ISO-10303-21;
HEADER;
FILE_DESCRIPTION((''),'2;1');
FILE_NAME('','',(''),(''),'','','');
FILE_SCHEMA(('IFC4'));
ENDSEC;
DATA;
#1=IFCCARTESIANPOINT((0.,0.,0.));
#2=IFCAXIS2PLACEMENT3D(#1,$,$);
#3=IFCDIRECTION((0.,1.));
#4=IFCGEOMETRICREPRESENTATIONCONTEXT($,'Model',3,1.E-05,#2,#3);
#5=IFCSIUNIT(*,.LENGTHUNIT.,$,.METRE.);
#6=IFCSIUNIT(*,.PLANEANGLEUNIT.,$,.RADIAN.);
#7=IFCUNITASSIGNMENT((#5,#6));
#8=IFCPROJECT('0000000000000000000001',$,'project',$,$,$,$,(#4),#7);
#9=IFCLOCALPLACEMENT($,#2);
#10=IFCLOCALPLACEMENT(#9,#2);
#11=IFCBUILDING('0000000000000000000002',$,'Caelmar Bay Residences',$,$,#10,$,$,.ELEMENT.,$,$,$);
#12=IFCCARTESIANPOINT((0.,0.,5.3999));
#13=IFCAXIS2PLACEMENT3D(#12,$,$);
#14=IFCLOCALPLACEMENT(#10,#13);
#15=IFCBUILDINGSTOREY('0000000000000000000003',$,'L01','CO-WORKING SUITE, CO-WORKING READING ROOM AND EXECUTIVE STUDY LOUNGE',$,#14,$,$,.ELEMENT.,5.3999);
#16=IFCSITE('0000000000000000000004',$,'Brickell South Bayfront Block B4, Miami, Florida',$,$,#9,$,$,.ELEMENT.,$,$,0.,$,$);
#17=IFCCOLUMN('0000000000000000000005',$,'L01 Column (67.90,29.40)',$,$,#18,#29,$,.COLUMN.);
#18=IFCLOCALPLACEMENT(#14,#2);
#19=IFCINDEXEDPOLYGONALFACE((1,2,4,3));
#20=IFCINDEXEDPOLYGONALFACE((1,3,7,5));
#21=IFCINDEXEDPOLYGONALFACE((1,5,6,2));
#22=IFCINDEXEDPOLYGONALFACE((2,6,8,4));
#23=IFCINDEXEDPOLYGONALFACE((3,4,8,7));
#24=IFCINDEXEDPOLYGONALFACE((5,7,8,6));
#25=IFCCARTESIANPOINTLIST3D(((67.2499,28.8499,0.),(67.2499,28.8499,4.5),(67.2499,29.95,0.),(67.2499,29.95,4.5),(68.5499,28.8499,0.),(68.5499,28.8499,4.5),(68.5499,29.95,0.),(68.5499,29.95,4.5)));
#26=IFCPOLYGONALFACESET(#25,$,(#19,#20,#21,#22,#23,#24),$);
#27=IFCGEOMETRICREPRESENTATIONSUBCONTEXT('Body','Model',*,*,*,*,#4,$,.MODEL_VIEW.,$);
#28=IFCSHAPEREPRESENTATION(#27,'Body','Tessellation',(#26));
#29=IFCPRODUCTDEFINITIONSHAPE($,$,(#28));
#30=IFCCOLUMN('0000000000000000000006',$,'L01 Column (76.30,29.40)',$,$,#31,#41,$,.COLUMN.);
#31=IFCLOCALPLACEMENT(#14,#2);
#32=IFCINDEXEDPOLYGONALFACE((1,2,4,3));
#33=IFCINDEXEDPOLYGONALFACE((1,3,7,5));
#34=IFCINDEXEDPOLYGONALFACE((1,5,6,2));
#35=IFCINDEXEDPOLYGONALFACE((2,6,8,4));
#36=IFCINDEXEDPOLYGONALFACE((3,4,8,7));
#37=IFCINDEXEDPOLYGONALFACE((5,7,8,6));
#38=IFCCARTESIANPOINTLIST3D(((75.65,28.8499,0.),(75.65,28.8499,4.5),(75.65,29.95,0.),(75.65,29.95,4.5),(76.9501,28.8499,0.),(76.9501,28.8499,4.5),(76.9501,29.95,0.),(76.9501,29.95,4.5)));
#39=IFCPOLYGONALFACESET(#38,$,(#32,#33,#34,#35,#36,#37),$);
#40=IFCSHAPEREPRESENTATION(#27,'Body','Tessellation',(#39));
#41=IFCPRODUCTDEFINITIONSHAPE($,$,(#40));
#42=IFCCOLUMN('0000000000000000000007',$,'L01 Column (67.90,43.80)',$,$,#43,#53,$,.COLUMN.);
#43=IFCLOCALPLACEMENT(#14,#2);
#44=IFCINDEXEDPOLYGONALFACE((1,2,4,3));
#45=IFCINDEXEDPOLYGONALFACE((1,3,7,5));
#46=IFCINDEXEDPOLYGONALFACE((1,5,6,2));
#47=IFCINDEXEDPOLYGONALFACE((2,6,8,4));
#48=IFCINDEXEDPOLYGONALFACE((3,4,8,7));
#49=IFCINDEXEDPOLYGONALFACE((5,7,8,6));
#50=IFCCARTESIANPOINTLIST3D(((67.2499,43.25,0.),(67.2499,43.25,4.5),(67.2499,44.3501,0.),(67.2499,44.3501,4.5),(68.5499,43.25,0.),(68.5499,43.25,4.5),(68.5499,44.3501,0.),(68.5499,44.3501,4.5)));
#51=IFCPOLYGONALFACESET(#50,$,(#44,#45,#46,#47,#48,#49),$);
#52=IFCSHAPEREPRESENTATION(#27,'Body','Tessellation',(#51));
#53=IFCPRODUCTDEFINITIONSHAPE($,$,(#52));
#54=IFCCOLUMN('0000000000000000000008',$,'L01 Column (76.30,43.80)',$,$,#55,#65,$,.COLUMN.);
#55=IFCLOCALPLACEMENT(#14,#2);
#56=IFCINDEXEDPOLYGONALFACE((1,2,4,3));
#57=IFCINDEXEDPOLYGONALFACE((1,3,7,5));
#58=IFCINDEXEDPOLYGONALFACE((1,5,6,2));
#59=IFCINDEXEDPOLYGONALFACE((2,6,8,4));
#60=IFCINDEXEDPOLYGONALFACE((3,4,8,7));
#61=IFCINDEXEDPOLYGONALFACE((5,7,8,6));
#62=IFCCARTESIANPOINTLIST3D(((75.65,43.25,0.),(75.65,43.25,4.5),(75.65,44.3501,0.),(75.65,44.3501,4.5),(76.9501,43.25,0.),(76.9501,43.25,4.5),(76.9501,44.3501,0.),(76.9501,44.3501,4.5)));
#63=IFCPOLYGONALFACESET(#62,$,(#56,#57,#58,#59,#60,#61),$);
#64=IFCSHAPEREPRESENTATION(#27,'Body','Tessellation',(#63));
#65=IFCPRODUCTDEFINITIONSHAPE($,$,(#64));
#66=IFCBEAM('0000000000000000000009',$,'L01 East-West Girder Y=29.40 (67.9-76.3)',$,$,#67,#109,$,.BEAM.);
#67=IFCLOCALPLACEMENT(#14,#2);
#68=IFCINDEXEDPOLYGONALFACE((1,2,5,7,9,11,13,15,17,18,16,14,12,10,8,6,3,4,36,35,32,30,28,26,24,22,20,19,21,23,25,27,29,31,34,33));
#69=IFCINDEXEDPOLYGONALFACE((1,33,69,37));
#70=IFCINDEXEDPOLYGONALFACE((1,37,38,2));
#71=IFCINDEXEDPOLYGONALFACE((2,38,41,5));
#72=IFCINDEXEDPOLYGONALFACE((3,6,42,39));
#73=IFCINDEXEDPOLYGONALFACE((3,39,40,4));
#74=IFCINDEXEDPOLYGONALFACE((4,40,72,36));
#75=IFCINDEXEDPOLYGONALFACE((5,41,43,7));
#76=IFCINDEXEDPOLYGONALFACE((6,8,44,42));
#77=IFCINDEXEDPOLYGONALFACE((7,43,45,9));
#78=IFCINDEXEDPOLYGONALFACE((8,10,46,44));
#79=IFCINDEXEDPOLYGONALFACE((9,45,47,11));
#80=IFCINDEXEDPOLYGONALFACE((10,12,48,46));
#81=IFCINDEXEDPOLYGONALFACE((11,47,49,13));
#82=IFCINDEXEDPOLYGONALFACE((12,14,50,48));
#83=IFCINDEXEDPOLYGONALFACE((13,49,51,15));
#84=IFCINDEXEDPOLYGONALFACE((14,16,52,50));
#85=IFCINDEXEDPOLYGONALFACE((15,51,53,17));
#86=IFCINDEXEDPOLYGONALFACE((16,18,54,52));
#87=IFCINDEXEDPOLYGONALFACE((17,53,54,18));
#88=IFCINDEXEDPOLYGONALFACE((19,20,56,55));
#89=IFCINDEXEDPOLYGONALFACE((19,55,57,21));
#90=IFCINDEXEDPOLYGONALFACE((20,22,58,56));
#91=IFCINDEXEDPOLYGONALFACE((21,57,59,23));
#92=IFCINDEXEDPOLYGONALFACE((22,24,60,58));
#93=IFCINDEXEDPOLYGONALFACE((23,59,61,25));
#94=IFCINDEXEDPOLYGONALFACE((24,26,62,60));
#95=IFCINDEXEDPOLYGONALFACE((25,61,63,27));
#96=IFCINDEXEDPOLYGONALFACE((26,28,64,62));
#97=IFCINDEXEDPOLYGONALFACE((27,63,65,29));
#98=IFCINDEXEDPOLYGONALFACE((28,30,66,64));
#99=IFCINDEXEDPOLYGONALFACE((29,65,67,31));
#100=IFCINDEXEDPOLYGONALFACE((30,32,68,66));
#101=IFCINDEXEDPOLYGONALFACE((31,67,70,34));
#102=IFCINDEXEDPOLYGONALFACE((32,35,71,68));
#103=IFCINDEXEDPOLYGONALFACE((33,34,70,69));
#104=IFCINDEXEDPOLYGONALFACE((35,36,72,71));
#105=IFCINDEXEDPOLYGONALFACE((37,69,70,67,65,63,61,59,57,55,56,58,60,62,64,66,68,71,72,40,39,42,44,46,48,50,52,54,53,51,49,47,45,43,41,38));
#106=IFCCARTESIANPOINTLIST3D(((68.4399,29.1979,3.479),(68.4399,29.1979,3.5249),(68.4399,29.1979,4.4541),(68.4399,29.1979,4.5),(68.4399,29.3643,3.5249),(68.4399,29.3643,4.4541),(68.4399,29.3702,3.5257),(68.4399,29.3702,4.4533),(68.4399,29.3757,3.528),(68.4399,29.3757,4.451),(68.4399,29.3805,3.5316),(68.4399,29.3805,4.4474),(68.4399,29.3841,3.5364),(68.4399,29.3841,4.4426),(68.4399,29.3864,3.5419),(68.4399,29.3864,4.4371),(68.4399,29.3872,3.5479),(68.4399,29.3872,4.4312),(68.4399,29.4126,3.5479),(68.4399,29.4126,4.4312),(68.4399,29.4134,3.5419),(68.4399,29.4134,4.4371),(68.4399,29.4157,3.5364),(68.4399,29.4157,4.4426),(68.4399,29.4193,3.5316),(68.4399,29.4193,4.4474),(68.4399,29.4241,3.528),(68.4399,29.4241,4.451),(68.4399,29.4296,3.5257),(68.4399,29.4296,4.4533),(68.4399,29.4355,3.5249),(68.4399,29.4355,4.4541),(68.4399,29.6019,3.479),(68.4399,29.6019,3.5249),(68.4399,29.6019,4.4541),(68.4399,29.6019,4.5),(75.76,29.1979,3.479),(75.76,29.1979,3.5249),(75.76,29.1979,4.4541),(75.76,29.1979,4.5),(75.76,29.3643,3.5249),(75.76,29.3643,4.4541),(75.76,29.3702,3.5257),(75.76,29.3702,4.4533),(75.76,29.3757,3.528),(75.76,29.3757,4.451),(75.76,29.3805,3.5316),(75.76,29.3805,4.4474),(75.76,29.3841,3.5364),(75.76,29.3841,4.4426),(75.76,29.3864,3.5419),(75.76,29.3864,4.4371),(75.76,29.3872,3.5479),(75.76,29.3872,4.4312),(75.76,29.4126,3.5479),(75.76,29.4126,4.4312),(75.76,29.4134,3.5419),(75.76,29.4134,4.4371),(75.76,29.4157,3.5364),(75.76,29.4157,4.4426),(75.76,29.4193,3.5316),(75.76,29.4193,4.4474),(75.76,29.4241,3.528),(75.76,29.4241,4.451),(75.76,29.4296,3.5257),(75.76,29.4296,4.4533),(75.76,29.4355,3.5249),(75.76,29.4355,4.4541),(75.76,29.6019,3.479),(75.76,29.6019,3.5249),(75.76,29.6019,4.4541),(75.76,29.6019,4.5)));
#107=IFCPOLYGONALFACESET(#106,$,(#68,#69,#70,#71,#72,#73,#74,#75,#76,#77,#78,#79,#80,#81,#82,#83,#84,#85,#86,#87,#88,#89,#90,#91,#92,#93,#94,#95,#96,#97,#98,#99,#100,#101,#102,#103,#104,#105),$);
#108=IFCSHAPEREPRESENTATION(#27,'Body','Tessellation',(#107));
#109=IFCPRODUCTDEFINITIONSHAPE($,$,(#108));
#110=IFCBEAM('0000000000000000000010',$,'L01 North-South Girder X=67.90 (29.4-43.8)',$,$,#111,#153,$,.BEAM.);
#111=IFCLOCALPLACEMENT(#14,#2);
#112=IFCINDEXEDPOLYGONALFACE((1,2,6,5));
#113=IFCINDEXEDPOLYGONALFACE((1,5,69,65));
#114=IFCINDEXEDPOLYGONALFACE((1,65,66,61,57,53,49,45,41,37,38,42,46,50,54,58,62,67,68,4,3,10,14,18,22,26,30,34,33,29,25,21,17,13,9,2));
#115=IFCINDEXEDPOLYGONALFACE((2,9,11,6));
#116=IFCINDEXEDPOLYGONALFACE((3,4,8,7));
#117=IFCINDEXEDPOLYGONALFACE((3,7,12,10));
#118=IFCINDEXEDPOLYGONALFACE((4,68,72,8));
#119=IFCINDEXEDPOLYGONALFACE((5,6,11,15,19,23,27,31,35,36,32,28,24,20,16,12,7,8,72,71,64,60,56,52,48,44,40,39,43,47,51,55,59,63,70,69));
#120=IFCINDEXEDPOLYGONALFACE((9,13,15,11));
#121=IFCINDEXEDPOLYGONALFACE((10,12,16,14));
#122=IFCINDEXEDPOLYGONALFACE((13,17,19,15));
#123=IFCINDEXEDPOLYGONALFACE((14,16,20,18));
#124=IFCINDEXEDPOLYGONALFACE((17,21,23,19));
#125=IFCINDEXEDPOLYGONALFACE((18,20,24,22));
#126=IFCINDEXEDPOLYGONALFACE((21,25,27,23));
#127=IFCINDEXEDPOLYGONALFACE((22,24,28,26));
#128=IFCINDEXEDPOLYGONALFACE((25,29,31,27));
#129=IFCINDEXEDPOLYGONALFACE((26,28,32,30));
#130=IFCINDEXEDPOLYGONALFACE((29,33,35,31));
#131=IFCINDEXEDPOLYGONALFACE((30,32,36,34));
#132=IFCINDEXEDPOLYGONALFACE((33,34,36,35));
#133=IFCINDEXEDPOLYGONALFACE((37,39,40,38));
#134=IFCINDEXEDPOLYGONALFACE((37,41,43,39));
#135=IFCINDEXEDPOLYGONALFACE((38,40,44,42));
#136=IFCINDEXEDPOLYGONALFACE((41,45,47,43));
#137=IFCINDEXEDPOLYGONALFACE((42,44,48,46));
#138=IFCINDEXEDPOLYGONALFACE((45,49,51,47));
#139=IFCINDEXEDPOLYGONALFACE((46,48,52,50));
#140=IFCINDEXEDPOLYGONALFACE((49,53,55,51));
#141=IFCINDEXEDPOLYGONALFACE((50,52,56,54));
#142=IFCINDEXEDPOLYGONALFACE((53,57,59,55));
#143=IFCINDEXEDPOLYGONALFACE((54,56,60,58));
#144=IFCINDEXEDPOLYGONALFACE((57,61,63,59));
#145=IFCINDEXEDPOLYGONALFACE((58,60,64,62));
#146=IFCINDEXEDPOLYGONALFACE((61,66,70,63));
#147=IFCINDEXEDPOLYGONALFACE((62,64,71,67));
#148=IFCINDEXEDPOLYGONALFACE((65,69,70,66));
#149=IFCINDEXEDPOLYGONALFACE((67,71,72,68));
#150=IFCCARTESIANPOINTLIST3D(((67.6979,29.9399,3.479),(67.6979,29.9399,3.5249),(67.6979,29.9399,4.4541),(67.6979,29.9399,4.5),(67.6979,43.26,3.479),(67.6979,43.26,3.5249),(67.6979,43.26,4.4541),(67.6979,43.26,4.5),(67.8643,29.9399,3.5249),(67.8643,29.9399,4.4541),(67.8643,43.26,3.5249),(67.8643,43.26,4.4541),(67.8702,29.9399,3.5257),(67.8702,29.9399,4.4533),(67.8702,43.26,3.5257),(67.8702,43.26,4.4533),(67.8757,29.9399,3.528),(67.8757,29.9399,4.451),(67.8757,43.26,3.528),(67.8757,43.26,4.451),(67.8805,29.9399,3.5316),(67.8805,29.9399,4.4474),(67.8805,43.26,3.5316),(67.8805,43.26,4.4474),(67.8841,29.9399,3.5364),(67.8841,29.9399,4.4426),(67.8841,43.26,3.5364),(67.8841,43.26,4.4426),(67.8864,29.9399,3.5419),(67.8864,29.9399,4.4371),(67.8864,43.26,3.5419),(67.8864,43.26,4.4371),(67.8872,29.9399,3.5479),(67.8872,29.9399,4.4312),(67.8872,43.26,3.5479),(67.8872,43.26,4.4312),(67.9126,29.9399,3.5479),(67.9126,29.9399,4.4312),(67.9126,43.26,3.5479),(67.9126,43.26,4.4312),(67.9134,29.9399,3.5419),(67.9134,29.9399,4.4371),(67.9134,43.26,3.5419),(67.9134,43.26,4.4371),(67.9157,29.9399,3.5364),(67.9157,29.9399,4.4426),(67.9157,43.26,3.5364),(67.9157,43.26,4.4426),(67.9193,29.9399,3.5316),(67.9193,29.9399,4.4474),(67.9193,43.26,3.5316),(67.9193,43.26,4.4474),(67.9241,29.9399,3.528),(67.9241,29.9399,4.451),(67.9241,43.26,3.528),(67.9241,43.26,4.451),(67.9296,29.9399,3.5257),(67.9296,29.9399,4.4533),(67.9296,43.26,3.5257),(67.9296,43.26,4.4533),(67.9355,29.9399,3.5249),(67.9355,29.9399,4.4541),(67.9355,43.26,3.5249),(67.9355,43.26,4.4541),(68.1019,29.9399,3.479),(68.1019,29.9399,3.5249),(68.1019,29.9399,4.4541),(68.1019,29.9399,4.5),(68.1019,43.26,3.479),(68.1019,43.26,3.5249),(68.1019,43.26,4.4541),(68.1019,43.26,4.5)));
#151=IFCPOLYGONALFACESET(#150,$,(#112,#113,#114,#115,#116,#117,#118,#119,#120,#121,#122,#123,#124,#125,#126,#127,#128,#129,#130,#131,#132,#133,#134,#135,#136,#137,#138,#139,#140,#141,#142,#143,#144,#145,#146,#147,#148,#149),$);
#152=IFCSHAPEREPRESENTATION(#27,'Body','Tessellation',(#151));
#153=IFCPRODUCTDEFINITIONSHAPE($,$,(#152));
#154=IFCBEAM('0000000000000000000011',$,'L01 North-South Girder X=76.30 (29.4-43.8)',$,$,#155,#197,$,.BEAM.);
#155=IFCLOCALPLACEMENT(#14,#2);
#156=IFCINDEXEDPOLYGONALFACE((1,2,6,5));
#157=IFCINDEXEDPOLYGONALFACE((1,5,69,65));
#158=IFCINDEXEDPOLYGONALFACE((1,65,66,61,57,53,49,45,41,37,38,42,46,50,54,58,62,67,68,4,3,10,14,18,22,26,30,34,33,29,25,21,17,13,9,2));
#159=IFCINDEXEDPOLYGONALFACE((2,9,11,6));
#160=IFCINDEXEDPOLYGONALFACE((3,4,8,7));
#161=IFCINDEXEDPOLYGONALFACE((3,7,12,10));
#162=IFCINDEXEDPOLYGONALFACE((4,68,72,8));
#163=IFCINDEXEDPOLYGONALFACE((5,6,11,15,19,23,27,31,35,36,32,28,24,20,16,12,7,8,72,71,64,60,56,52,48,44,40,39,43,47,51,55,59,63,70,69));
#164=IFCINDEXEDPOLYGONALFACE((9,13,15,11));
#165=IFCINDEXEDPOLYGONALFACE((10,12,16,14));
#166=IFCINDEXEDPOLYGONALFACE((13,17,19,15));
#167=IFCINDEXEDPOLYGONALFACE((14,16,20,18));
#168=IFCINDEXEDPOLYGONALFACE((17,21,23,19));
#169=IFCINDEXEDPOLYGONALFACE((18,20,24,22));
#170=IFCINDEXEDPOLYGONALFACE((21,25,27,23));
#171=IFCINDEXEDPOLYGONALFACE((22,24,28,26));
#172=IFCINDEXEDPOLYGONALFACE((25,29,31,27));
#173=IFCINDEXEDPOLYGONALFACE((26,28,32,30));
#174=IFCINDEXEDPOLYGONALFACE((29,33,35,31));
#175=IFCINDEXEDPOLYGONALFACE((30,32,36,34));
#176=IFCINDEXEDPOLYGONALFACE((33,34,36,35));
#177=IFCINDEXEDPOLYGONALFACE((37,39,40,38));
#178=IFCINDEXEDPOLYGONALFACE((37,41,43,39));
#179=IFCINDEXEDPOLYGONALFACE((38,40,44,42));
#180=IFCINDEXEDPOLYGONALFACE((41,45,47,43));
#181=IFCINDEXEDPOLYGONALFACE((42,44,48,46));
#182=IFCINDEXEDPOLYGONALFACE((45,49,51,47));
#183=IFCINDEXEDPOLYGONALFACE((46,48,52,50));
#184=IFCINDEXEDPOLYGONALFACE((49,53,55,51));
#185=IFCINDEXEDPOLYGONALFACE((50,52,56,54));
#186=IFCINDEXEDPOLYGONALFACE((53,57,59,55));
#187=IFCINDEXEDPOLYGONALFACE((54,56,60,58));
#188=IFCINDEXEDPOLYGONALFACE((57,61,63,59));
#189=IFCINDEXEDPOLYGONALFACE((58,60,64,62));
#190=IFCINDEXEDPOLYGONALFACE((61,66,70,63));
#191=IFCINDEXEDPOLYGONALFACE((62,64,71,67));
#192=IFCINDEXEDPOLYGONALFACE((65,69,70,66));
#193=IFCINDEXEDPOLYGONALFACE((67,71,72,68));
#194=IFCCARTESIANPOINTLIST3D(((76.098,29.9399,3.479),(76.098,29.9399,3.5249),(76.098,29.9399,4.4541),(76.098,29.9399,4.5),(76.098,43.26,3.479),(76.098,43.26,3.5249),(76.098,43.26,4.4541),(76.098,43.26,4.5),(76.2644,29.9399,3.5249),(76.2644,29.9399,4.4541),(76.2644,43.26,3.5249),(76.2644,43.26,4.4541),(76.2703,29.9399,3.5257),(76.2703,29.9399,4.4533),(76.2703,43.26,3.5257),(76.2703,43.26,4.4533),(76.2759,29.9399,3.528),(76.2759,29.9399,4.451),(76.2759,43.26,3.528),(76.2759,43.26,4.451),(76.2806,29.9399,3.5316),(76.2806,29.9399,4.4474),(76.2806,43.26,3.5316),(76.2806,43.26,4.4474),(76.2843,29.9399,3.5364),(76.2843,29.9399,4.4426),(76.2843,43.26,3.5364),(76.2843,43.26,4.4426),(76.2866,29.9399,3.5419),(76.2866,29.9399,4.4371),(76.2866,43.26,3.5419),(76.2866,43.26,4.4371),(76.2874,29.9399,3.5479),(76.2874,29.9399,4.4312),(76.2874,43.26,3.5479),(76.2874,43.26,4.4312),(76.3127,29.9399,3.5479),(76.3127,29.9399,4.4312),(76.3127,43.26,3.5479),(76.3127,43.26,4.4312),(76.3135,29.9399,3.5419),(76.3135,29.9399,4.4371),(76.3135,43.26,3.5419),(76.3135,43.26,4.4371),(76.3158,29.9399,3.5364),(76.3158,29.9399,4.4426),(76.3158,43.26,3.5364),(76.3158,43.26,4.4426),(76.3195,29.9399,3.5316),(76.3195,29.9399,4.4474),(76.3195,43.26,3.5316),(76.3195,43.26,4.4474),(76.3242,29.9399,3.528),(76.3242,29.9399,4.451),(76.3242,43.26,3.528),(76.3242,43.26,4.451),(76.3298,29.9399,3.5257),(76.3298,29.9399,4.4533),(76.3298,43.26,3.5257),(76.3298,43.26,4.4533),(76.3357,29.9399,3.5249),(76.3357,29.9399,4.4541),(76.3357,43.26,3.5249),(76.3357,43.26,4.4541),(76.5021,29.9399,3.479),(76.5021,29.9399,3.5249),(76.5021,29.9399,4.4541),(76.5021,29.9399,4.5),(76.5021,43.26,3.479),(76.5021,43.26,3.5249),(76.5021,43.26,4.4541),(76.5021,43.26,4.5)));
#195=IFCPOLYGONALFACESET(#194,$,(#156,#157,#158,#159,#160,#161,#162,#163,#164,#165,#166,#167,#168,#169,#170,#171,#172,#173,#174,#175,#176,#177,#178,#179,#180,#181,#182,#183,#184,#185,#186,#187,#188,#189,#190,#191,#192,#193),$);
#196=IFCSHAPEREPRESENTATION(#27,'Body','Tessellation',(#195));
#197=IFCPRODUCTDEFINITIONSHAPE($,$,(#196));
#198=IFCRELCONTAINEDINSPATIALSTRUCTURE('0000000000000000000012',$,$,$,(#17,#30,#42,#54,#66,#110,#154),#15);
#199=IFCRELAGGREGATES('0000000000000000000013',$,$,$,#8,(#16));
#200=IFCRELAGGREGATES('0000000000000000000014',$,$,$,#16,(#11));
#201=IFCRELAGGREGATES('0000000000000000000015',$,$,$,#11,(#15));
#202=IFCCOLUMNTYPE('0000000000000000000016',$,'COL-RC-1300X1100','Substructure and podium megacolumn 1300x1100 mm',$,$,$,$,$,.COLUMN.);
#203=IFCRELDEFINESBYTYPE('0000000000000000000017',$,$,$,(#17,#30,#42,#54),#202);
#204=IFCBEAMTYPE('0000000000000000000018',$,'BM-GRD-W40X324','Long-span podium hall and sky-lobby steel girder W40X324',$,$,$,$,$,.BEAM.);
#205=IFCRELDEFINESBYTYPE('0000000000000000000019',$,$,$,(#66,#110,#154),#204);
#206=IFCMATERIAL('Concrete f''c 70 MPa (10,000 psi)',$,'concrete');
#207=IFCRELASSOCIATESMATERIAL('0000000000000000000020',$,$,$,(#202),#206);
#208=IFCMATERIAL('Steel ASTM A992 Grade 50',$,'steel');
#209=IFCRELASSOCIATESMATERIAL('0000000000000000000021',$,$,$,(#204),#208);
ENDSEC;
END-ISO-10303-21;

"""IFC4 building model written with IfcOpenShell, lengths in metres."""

from ifc_helpers import new_model, si_unit, direction, frame, origin, origin_2d, place, context, subcontext, project, spatial, rectangle, i_section, extrude, material, material_profile, profile_set, type_object, element, save


model = new_model("IFC4")

# Units and contexts
model_context = context("Model", 3, precision=1e-05, world=origin(), true_north=direction((0.0, 1.0)))
body_context = subcontext(model_context, "Body", "Model", "MODEL_VIEW")
ifc_project = project(units=[si_unit("LENGTHUNIT", "METRE"), si_unit("PLANEANGLEUNIT", "RADIAN")], contexts=[model_context])

# Site, building, storey
site_placement = place(None, origin())
site = spatial("IfcSite", under=ifc_project, at=site_placement, Name="Brickell South Bayfront Block B4, Miami, Florida", CompositionType="ELEMENT", RefElevation=0.0)
building_placement = place(site_placement, origin())
building = spatial("IfcBuilding", under=site, at=building_placement, Name="Caelmar Bay Residences", CompositionType="ELEMENT")
storey_placement = place(building_placement, frame((0.0, 0.0, 5.3999)))
storey = spatial("IfcBuildingStorey", under=building, at=storey_placement, Name="L01", Description="CO-WORKING SUITE, CO-WORKING READING ROOM AND EXECUTIVE STUDY LOUNGE", CompositionType="ELEMENT", Elevation=5.3999)

# Columns
ifc_material_1 = material(Name="Concrete f'c 70 MPa (10,000 psi)", Category="concrete")
ifc_material_profile_1 = material_profile(ifc_material_1, rectangle(XDim=1.3, YDim=1.1001, at=origin_2d()), Name="RC-COL-1300X1100")
ifc_profile_set_1 = profile_set([ifc_material_profile_1], Name="Concrete f'c 70 MPa (10,000 psi)")
column_type = type_object("IfcColumnType", Name="COL-RC-1300X1100", Description="Substructure and podium megacolumn 1300x1100 mm", PredefinedType="COLUMN", material=ifc_profile_set_1)
for number, where, z_axis, x_axis, name in (
    (1, (67.8999, 29.3999, 0.0), (0.0, 0.0, 1.0), (1.0, 0.0, 0.0), "L01 Column (67.90,29.40)"),
    (2, (76.3, 29.3999, 0.0), (0.0, 0.0, 1.0), (1.0, 0.0, 0.0), "L01 Column (76.30,29.40)"),
    (3, (67.8999, 43.8, 0.0), (0.0, 0.0, 1.0), (1.0, 0.0, 0.0), "L01 Column (67.90,43.80)"),
    (4, (76.3, 43.8, 0.0), (0.0, 0.0, 1.0), (1.0, 0.0, 0.0), "L01 Column (76.30,43.80)"),
):
    element("IfcColumn", number, at=place(storey_placement, frame(where, z_axis=z_axis, x_axis=x_axis)), inside=storey, type_object=column_type, Name=name, PredefinedType="COLUMN", context=body_context, shape_type="SweptSolid", body=[
        extrude(rectangle(XDim=1.3, YDim=1.1001, at=origin_2d()), origin(), (0.0, 0.0, 1.0), 4.5),
    ])

# Beams
ifc_material_2 = material(Name="Steel ASTM A992 Grade 50", Category="steel")
ifc_material_profile_2 = material_profile(ifc_material_2, i_section(OverallWidth=0.4041, OverallDepth=1.021, WebThickness=0.0254, FlangeThickness=0.0459, FilletRadius=0.0229, at=origin_2d()), Name="W40X324")
ifc_profile_set_2 = profile_set([ifc_material_profile_2], Name="Steel ASTM A992 Grade 50")
beam_type_1 = type_object("IfcBeamType", Name="BM-GRD-W40X324", Description="Long-span podium hall and sky-lobby steel girder W40X324", PredefinedType="BEAM", material=ifc_profile_set_2)
beam_1_placement = place(storey_placement, frame((68.4399, 29.3999, 3.9895), z_axis=(1.0, 0.0, 0.0), x_axis=(0.0, 1.0, 0.0)))
element("IfcBeam", 5, at=beam_1_placement, inside=storey, type_object=beam_type_1, Name="L01 East-West Girder Y=29.40 (67.9-76.3)", PredefinedType="BEAM", context=body_context, shape_type="SweptSolid", body=[
    extrude(i_section(OverallWidth=0.4041, OverallDepth=1.021, WebThickness=0.0254, FlangeThickness=0.0459, FilletRadius=0.0229, at=origin_2d()), origin(), (0.0, 0.0, 1.0), 7.3201),
])
for number, where, z_axis, x_axis, name in (
    (6, (67.8999, 29.9399, 3.9895), (0.0, 1.0, 0.0), (-1.0, 0.0, 0.0), "L01 North-South Girder X=67.90 (29.4-43.8)"),
    (7, (76.3, 29.9399, 3.9895), (0.0, 1.0, 0.0), (-1.0, 0.0, 0.0), "L01 North-South Girder X=76.30 (29.4-43.8)"),
):
    element("IfcBeam", number, at=place(storey_placement, frame(where, z_axis=z_axis, x_axis=x_axis)), inside=storey, type_object=beam_type_1, Name=name, PredefinedType="BEAM", context=body_context, shape_type="SweptSolid", body=[
        extrude(i_section(OverallWidth=0.4041, OverallDepth=1.021, WebThickness=0.0254, FlangeThickness=0.0459, FilletRadius=0.0229, at=origin_2d()), origin(), (0.0, 0.0, 1.0), 13.3201),
    ])

save(model, "model.ifc")
